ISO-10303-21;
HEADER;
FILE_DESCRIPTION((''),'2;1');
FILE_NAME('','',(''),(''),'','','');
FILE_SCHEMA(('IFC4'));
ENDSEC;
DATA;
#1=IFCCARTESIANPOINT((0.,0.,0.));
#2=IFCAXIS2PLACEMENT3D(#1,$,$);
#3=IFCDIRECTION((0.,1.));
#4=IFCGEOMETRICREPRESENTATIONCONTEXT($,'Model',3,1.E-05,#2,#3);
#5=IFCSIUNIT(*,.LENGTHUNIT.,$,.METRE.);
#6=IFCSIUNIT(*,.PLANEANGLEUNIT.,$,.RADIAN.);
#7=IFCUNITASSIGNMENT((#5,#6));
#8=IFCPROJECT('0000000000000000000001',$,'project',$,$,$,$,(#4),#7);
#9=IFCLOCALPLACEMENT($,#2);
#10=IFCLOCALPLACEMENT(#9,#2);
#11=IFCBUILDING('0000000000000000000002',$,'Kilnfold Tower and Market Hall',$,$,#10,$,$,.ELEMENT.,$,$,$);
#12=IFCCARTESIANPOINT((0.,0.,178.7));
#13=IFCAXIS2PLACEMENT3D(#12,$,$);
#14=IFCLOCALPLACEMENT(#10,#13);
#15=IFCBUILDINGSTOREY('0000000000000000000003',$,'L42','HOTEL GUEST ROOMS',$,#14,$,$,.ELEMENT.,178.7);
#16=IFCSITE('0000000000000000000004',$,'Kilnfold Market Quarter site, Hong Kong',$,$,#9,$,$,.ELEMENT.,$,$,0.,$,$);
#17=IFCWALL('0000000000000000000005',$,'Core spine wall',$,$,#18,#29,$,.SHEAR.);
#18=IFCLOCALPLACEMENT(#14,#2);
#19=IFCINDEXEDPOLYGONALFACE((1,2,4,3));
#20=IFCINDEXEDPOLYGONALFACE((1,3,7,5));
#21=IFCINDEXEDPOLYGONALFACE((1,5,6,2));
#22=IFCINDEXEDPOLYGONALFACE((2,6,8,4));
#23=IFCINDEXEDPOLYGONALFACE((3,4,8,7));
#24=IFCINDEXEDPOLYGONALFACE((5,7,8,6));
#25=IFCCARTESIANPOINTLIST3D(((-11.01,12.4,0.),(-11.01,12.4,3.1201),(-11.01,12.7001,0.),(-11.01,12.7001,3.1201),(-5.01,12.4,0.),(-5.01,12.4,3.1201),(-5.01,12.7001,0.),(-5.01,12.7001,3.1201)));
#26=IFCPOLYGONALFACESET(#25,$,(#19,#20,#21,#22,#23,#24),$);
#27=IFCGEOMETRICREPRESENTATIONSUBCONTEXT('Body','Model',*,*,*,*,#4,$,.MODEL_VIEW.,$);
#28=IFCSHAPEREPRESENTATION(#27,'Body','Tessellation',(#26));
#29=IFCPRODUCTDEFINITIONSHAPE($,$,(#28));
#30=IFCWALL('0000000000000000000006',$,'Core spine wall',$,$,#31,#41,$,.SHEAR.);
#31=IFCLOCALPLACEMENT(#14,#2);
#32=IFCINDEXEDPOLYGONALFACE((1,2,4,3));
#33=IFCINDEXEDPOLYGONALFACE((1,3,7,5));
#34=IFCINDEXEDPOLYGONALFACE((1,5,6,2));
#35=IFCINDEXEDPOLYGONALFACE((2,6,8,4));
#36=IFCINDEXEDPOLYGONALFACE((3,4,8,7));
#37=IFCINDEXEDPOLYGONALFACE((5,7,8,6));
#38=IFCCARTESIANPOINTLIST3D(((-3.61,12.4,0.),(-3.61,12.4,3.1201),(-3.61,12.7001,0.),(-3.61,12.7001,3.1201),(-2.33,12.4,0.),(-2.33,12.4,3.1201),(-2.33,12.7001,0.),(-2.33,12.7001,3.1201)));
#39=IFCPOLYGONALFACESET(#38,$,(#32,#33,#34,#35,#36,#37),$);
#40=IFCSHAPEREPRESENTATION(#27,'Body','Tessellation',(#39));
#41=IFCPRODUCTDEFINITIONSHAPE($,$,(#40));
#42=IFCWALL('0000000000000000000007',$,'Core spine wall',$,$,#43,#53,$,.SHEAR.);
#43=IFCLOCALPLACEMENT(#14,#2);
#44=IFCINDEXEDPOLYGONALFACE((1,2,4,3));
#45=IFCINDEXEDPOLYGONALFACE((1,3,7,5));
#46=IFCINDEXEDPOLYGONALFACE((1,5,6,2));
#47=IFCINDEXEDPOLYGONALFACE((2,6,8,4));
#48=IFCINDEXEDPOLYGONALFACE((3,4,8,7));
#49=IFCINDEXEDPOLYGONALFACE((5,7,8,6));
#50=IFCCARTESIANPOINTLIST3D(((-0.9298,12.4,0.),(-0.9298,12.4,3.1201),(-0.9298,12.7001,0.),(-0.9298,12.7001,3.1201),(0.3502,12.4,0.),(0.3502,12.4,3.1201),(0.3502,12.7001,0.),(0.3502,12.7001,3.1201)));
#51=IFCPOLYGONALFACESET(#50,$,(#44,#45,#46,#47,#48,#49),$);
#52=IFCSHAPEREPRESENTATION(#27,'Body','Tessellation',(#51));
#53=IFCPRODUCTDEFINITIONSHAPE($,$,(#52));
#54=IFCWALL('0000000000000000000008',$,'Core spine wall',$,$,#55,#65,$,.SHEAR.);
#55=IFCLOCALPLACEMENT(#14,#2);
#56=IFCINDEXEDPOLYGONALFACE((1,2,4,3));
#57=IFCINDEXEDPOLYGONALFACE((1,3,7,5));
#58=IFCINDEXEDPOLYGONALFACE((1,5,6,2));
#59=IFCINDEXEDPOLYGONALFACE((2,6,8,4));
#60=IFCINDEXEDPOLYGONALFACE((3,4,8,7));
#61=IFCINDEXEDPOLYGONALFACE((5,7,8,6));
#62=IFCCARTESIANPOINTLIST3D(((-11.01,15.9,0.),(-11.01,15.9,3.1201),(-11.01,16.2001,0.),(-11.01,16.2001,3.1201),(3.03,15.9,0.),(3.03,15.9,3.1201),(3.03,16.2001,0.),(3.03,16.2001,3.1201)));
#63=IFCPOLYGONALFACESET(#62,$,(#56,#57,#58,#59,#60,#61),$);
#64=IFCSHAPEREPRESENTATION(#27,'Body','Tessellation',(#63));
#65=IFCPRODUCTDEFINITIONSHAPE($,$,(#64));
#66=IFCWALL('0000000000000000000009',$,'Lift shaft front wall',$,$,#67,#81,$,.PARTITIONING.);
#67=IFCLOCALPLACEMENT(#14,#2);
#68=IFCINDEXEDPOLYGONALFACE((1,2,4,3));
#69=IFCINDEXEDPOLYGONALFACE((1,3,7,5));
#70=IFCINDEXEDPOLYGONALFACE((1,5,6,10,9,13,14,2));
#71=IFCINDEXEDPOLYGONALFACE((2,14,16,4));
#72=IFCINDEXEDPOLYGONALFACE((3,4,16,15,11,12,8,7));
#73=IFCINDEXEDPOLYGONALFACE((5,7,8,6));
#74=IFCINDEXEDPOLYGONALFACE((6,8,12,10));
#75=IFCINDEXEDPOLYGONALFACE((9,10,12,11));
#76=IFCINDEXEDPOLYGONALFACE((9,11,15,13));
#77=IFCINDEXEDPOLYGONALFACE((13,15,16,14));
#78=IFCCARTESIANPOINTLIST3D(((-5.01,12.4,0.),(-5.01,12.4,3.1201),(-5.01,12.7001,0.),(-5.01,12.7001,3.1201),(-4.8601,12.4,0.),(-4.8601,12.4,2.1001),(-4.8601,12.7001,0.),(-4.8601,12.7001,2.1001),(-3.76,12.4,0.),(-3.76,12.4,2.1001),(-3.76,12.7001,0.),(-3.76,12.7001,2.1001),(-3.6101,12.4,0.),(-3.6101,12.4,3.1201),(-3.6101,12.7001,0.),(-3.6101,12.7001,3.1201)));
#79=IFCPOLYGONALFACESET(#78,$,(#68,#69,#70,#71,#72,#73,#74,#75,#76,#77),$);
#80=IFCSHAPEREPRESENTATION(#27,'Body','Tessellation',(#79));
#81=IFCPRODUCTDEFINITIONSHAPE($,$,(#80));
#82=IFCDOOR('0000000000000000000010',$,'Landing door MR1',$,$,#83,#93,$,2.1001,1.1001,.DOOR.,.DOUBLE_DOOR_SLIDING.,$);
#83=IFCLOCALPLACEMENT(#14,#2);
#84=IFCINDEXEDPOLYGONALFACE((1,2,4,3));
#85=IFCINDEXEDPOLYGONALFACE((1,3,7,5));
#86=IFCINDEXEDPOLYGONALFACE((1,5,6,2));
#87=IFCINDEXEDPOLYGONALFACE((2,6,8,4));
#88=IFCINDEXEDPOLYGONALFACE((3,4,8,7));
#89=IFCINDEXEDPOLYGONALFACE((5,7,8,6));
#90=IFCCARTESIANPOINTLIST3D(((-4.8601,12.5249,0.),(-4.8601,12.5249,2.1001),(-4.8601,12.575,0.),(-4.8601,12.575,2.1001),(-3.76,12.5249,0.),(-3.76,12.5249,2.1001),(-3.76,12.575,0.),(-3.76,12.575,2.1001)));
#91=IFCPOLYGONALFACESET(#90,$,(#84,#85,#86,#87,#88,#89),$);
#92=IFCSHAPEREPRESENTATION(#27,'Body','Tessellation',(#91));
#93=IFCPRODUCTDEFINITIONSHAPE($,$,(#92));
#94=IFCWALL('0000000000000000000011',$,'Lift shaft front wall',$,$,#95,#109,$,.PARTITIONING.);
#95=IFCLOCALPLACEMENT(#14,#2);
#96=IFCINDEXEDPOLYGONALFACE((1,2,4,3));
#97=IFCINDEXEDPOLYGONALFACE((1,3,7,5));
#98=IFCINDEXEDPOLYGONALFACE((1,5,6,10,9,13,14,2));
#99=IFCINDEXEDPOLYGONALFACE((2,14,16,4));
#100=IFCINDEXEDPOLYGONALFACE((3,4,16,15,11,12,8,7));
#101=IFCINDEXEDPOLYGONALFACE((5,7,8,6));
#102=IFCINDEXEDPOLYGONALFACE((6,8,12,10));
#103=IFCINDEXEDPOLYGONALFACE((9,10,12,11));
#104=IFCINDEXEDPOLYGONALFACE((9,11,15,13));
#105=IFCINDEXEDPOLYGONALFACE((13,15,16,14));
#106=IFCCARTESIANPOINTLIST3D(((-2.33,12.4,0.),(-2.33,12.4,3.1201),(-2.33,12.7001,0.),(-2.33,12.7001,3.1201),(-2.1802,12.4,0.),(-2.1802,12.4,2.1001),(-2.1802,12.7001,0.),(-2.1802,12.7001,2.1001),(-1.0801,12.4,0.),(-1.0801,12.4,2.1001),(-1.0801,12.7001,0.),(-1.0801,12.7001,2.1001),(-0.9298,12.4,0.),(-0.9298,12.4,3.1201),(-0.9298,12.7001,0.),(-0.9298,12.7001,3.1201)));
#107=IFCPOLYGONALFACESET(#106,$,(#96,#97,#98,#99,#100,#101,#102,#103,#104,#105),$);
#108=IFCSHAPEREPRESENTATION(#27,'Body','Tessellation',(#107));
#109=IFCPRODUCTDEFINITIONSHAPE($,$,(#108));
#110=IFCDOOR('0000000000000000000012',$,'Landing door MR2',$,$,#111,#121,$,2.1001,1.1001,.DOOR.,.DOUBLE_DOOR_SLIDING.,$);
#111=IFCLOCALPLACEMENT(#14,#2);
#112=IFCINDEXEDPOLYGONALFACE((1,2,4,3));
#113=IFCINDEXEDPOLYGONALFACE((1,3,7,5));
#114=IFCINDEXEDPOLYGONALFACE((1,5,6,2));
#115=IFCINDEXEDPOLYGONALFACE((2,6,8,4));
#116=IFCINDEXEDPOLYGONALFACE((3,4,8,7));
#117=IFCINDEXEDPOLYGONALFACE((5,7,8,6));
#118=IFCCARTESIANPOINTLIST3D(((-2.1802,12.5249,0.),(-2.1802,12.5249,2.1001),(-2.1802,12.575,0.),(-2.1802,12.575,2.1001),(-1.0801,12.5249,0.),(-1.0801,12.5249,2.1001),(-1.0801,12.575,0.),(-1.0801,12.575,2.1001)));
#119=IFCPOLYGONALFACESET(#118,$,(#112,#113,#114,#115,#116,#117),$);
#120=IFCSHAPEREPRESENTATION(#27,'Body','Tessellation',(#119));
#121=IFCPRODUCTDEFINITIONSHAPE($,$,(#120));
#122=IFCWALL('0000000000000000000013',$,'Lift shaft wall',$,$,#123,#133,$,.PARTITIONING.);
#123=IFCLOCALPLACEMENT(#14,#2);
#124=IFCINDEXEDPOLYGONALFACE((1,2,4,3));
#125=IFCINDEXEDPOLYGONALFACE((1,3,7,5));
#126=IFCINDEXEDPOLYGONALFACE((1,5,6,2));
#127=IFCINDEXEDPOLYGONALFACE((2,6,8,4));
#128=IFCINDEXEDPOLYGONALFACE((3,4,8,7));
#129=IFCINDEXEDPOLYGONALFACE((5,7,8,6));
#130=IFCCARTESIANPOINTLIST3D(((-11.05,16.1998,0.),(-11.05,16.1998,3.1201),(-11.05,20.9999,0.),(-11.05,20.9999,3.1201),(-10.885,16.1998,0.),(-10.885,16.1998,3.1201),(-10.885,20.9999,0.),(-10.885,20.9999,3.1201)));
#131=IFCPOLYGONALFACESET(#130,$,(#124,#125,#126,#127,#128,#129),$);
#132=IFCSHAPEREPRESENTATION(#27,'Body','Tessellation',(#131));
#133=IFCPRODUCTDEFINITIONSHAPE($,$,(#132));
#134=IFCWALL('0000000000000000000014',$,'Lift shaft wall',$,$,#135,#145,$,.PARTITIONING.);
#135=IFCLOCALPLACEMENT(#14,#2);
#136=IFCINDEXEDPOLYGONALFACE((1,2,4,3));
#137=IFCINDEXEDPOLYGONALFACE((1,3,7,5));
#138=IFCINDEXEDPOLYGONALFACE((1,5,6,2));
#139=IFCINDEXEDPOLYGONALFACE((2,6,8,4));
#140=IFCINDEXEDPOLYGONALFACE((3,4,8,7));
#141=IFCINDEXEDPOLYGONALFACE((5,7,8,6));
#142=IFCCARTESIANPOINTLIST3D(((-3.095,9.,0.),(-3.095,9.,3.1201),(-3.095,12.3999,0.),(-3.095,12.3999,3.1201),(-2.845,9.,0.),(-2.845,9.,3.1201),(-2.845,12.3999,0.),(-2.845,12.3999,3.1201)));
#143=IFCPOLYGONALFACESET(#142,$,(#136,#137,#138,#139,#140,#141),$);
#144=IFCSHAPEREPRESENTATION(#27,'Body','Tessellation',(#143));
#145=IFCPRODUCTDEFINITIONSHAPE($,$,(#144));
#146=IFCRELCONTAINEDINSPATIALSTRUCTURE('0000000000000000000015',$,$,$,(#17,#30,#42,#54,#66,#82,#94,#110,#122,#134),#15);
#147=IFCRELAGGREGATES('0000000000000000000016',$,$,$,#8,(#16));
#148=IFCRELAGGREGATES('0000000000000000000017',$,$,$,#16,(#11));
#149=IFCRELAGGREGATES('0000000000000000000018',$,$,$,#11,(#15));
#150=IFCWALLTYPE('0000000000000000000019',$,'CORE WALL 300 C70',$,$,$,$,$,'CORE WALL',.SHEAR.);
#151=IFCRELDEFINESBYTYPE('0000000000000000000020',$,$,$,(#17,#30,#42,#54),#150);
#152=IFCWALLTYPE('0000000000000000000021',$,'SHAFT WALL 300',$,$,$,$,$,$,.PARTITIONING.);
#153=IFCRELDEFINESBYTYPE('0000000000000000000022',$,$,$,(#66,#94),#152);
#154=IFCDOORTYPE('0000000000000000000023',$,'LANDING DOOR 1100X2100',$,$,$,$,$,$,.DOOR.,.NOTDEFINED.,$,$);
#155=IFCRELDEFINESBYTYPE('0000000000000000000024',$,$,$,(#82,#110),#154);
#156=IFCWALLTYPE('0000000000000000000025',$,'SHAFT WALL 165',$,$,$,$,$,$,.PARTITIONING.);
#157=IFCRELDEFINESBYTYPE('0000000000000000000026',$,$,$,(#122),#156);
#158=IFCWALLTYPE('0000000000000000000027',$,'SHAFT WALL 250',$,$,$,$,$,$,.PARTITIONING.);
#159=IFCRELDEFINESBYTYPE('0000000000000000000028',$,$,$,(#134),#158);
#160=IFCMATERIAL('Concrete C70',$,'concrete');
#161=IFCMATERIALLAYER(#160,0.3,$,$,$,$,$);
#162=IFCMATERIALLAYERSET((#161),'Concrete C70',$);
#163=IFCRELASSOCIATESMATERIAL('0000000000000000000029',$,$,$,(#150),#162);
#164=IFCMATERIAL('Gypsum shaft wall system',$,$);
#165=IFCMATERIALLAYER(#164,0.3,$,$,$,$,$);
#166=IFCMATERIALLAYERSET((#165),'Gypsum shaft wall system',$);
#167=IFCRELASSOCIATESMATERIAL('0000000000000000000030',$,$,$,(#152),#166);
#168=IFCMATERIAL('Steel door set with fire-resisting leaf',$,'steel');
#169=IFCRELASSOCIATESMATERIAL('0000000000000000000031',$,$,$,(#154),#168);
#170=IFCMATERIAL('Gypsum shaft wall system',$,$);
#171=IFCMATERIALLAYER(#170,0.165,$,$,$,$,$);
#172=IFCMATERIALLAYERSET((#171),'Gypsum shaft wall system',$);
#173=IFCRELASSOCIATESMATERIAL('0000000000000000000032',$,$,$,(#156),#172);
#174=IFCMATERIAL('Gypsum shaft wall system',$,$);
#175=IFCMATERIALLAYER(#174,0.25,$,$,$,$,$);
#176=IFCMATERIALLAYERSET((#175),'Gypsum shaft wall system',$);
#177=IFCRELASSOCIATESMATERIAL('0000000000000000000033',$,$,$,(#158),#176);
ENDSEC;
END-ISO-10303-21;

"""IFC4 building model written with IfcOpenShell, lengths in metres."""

from ifc_helpers import new_model, si_unit, direction, frame, frame_2d, origin, place, context, subcontext, project, spatial, rectangle, extrude, source, transform, mapped, material, layer, layer_set, type_object, element, fill, save


model = new_model("IFC4")

# Units and contexts
model_context = context("Model", 3, precision=1e-05, world=origin(), true_north=direction((0.0, 1.0)))
body_context = subcontext(model_context, "Body", "Model", "MODEL_VIEW")
ifc_project = project(units=[si_unit("LENGTHUNIT", "METRE"), si_unit("PLANEANGLEUNIT", "RADIAN")], contexts=[model_context])

# Site, building, storey
site_placement = place(None, origin())
site = spatial("IfcSite", under=ifc_project, at=site_placement, Name="Kilnfold Market Quarter site, Hong Kong", CompositionType="ELEMENT", RefElevation=0.0)
building_placement = place(site_placement, origin())
building = spatial("IfcBuilding", under=site, at=building_placement, Name="Kilnfold Tower and Market Hall", CompositionType="ELEMENT")
storey_placement = place(building_placement, frame((0.0, 0.0, 178.7)))
storey = spatial("IfcBuildingStorey", under=building, at=storey_placement, Name="L42", Description="HOTEL GUEST ROOMS", CompositionType="ELEMENT", Elevation=178.7)

# Walls
ifc_material_1 = material(Name="Concrete C70", Category="concrete")
ifc_layer_1 = layer(ifc_material_1, 0.3)
ifc_layer_set_1 = layer_set([ifc_layer_1], Name="Concrete C70")
wall_type_1 = type_object("IfcWallType", Name="CORE WALL 300 C70", ElementType="CORE WALL", PredefinedType="SHEAR", material=ifc_layer_set_1)
shared_shape_1 = source(origin(), body_context, "Body", "SweptSolid", [
    extrude(rectangle(XDim=6.0, YDim=0.3, at=frame_2d((3.0, 0.0))), origin(), (0.0, 0.0, 1.0), 3.1201),
])
wall_1_placement = place(storey_placement, frame((-11.01, 12.55, 0.0), z_axis=(0.0, 0.0, 1.0), x_axis=(1.0, 0.0, 0.0)))
element("IfcWall", 1, at=wall_1_placement, inside=storey, type_object=wall_type_1, Name="Core spine wall", PredefinedType="SHEAR", context=body_context, shape_type="MappedRepresentation", body=[
    mapped(shared_shape_1, transform((0.0, 0.0, 0.0))),
])
shared_shape_2 = source(origin(), body_context, "Body", "SweptSolid", [
    extrude(rectangle(XDim=1.28, YDim=0.3, at=frame_2d((0.6401, 0.0))), origin(), (0.0, 0.0, 1.0), 3.1201),
])
for number, where, z_axis, x_axis, name in (
    (2, (-3.6101, 12.55, 0.0), (0.0, 0.0, 1.0), (1.0, 0.0, 0.0), "Core spine wall"),
    (3, (-0.9299, 12.55, 0.0), (0.0, 0.0, 1.0), (1.0, 0.0, 0.0), "Core spine wall"),
):
    element("IfcWall", number, at=place(storey_placement, frame(where, z_axis=z_axis, x_axis=x_axis)), inside=storey, type_object=wall_type_1, Name=name, PredefinedType="SHEAR", context=body_context, shape_type="MappedRepresentation", body=[
        mapped(shared_shape_2, transform((0.0, 0.0, 0.0))),
    ])
shared_shape_3 = source(origin(), body_context, "Body", "SweptSolid", [
    extrude(rectangle(XDim=14.04, YDim=0.3, at=frame_2d((7.02, 0.0))), origin(), (0.0, 0.0, 1.0), 3.1201),
])
wall_2_placement = place(storey_placement, frame((-11.01, 16.05, 0.0), z_axis=(0.0, 0.0, 1.0), x_axis=(1.0, 0.0, 0.0)))
element("IfcWall", 4, at=wall_2_placement, inside=storey, type_object=wall_type_1, Name="Core spine wall", PredefinedType="SHEAR", context=body_context, shape_type="MappedRepresentation", body=[
    mapped(shared_shape_3, transform((0.0, 0.0, 0.0))),
])

# Walls, openings, doors
ifc_material_2 = material(Name="Gypsum shaft wall system")
ifc_layer_2 = layer(ifc_material_2, 0.3)
ifc_layer_set_2 = layer_set([ifc_layer_2], Name="Gypsum shaft wall system")
wall_type_2 = type_object("IfcWallType", Name="SHAFT WALL 300", PredefinedType="PARTITIONING", material=ifc_layer_set_2)
shared_shape_4 = source(origin(), body_context, "Body", "SweptSolid", [
    extrude(rectangle(XDim=1.3999, YDim=0.3, at=frame_2d((0.7, 0.0))), origin(), (0.0, 0.0, 1.0), 3.1201),
])
wall_3_placement = place(storey_placement, frame((-5.01, 12.55, 0.0), z_axis=(0.0, 0.0, 1.0), x_axis=(1.0, 0.0, 0.0)))
wall_3 = element("IfcWall", 5, at=wall_3_placement, inside=storey, type_object=wall_type_2, Name="Lift shaft front wall", PredefinedType="PARTITIONING", context=body_context, shape_type="MappedRepresentation", body=[
    mapped(shared_shape_4, transform((0.0, 0.0, 0.0))),
])
opening_1_placement = place(wall_3_placement, frame((0.1499, 0.0, 0.0)))
opening_1 = element("IfcOpeningElement", 6, at=opening_1_placement, cuts=wall_3, PredefinedType="OPENING", context=body_context, shape_type="SweptSolid", body=[
    extrude(rectangle(XDim=1.1001, YDim=2.1001, at=frame_2d((0.55, 1.05))), frame((0.0, 0.1602, 0.0), z_axis=(0.0, -1.0, 0.0), x_axis=(1.0, 0.0, 0.0)), (0.0, 0.0, 1.0), 0.3201),
])
ifc_material_3 = material(Name="Steel door set with fire-resisting leaf", Category="steel")
door_type = type_object("IfcDoorType", Name="LANDING DOOR 1100X2100", OperationType="NOTDEFINED", PredefinedType="DOOR", material=ifc_material_3)
door_1_placement = place(opening_1_placement, origin())
door_1 = element("IfcDoor", 7, at=door_1_placement, inside=storey, type_object=door_type, Name="Landing door MR1", OperationType="DOUBLE_DOOR_SLIDING", OverallHeight=2.1001, OverallWidth=1.1001, PredefinedType="DOOR", context=body_context, shape_type="SweptSolid", body=[
    extrude(rectangle(XDim=1.1001, YDim=2.1001, at=frame_2d((0.55, 1.05))), frame((0.0, 0.0249, 0.0), z_axis=(0.0, -1.0, 0.0), x_axis=(1.0, 0.0, 0.0)), (0.0, 0.0, 1.0), 0.05),
])
fill(opening_1, door_1)
shared_shape_5 = source(origin(), body_context, "Body", "SweptSolid", [
    extrude(rectangle(XDim=1.4001, YDim=0.3, at=frame_2d((0.7002, 0.0))), origin(), (0.0, 0.0, 1.0), 3.1201),
])
wall_4_placement = place(storey_placement, frame((-2.3301, 12.55, 0.0), z_axis=(0.0, 0.0, 1.0), x_axis=(1.0, 0.0, 0.0)))
wall_4 = element("IfcWall", 8, at=wall_4_placement, inside=storey, type_object=wall_type_2, Name="Lift shaft front wall", PredefinedType="PARTITIONING", context=body_context, shape_type="MappedRepresentation", body=[
    mapped(shared_shape_5, transform((0.0, 0.0, 0.0))),
])
opening_2_placement = place(wall_4_placement, frame((0.1499, 0.0, 0.0)))
opening_2 = element("IfcOpeningElement", 9, at=opening_2_placement, cuts=wall_4, PredefinedType="OPENING", context=body_context, shape_type="SweptSolid", body=[
    extrude(rectangle(XDim=1.1001, YDim=2.1001, at=frame_2d((0.55, 1.05))), frame((0.0, 0.1602, 0.0), z_axis=(0.0, -1.0, 0.0), x_axis=(1.0, 0.0, 0.0)), (0.0, 0.0, 1.0), 0.3201),
])
door_2_placement = place(opening_2_placement, origin())
door_2 = element("IfcDoor", 10, at=door_2_placement, inside=storey, type_object=door_type, Name="Landing door MR2", OperationType="DOUBLE_DOOR_SLIDING", OverallHeight=2.1001, OverallWidth=1.1001, PredefinedType="DOOR", context=body_context, shape_type="SweptSolid", body=[
    extrude(rectangle(XDim=1.1001, YDim=2.1001, at=frame_2d((0.55, 1.05))), frame((0.0, 0.0249, 0.0), z_axis=(0.0, -1.0, 0.0), x_axis=(1.0, 0.0, 0.0)), (0.0, 0.0, 1.0), 0.05),
])
fill(opening_2, door_2)

# Walls
ifc_material_4 = material(Name="Gypsum shaft wall system")
ifc_layer_3 = layer(ifc_material_4, 0.165)
ifc_layer_set_3 = layer_set([ifc_layer_3], Name="Gypsum shaft wall system")
wall_type_3 = type_object("IfcWallType", Name="SHAFT WALL 165", PredefinedType="PARTITIONING", material=ifc_layer_set_3)
shared_shape_6 = source(origin(), body_context, "Body", "SweptSolid", [
    extrude(rectangle(XDim=4.8, YDim=0.165, at=frame_2d((2.3999, 0.0))), origin(), (0.0, 0.0, 1.0), 3.1201),
])
wall_5_placement = place(storey_placement, frame((-10.9675, 16.2, 0.0), z_axis=(0.0, 0.0, 1.0), x_axis=(0.0, 1.0, 0.0)))
element("IfcWall", 11, at=wall_5_placement, inside=storey, type_object=wall_type_3, Name="Lift shaft wall", PredefinedType="PARTITIONING", context=body_context, shape_type="MappedRepresentation", body=[
    mapped(shared_shape_6, transform((0.0, 0.0, 0.0))),
])
ifc_material_5 = material(Name="Gypsum shaft wall system")
ifc_layer_4 = layer(ifc_material_5, 0.25)
ifc_layer_set_4 = layer_set([ifc_layer_4], Name="Gypsum shaft wall system")
wall_type_4 = type_object("IfcWallType", Name="SHAFT WALL 250", PredefinedType="PARTITIONING", material=ifc_layer_set_4)
shared_shape_7 = source(origin(), body_context, "Body", "SweptSolid", [
    extrude(rectangle(XDim=3.3999, YDim=0.25, at=frame_2d((1.7, 0.0))), origin(), (0.0, 0.0, 1.0), 3.1201),
])
wall_6_placement = place(storey_placement, frame((-2.97, 9.0, 0.0), z_axis=(0.0, 0.0, 1.0), x_axis=(0.0, 1.0, 0.0)))
element("IfcWall", 12, at=wall_6_placement, inside=storey, type_object=wall_type_4, Name="Lift shaft wall", PredefinedType="PARTITIONING", context=body_context, shape_type="MappedRepresentation", body=[
    mapped(shared_shape_7, transform((0.0, 0.0, 0.0))),
])

save(model, "model.ifc")
